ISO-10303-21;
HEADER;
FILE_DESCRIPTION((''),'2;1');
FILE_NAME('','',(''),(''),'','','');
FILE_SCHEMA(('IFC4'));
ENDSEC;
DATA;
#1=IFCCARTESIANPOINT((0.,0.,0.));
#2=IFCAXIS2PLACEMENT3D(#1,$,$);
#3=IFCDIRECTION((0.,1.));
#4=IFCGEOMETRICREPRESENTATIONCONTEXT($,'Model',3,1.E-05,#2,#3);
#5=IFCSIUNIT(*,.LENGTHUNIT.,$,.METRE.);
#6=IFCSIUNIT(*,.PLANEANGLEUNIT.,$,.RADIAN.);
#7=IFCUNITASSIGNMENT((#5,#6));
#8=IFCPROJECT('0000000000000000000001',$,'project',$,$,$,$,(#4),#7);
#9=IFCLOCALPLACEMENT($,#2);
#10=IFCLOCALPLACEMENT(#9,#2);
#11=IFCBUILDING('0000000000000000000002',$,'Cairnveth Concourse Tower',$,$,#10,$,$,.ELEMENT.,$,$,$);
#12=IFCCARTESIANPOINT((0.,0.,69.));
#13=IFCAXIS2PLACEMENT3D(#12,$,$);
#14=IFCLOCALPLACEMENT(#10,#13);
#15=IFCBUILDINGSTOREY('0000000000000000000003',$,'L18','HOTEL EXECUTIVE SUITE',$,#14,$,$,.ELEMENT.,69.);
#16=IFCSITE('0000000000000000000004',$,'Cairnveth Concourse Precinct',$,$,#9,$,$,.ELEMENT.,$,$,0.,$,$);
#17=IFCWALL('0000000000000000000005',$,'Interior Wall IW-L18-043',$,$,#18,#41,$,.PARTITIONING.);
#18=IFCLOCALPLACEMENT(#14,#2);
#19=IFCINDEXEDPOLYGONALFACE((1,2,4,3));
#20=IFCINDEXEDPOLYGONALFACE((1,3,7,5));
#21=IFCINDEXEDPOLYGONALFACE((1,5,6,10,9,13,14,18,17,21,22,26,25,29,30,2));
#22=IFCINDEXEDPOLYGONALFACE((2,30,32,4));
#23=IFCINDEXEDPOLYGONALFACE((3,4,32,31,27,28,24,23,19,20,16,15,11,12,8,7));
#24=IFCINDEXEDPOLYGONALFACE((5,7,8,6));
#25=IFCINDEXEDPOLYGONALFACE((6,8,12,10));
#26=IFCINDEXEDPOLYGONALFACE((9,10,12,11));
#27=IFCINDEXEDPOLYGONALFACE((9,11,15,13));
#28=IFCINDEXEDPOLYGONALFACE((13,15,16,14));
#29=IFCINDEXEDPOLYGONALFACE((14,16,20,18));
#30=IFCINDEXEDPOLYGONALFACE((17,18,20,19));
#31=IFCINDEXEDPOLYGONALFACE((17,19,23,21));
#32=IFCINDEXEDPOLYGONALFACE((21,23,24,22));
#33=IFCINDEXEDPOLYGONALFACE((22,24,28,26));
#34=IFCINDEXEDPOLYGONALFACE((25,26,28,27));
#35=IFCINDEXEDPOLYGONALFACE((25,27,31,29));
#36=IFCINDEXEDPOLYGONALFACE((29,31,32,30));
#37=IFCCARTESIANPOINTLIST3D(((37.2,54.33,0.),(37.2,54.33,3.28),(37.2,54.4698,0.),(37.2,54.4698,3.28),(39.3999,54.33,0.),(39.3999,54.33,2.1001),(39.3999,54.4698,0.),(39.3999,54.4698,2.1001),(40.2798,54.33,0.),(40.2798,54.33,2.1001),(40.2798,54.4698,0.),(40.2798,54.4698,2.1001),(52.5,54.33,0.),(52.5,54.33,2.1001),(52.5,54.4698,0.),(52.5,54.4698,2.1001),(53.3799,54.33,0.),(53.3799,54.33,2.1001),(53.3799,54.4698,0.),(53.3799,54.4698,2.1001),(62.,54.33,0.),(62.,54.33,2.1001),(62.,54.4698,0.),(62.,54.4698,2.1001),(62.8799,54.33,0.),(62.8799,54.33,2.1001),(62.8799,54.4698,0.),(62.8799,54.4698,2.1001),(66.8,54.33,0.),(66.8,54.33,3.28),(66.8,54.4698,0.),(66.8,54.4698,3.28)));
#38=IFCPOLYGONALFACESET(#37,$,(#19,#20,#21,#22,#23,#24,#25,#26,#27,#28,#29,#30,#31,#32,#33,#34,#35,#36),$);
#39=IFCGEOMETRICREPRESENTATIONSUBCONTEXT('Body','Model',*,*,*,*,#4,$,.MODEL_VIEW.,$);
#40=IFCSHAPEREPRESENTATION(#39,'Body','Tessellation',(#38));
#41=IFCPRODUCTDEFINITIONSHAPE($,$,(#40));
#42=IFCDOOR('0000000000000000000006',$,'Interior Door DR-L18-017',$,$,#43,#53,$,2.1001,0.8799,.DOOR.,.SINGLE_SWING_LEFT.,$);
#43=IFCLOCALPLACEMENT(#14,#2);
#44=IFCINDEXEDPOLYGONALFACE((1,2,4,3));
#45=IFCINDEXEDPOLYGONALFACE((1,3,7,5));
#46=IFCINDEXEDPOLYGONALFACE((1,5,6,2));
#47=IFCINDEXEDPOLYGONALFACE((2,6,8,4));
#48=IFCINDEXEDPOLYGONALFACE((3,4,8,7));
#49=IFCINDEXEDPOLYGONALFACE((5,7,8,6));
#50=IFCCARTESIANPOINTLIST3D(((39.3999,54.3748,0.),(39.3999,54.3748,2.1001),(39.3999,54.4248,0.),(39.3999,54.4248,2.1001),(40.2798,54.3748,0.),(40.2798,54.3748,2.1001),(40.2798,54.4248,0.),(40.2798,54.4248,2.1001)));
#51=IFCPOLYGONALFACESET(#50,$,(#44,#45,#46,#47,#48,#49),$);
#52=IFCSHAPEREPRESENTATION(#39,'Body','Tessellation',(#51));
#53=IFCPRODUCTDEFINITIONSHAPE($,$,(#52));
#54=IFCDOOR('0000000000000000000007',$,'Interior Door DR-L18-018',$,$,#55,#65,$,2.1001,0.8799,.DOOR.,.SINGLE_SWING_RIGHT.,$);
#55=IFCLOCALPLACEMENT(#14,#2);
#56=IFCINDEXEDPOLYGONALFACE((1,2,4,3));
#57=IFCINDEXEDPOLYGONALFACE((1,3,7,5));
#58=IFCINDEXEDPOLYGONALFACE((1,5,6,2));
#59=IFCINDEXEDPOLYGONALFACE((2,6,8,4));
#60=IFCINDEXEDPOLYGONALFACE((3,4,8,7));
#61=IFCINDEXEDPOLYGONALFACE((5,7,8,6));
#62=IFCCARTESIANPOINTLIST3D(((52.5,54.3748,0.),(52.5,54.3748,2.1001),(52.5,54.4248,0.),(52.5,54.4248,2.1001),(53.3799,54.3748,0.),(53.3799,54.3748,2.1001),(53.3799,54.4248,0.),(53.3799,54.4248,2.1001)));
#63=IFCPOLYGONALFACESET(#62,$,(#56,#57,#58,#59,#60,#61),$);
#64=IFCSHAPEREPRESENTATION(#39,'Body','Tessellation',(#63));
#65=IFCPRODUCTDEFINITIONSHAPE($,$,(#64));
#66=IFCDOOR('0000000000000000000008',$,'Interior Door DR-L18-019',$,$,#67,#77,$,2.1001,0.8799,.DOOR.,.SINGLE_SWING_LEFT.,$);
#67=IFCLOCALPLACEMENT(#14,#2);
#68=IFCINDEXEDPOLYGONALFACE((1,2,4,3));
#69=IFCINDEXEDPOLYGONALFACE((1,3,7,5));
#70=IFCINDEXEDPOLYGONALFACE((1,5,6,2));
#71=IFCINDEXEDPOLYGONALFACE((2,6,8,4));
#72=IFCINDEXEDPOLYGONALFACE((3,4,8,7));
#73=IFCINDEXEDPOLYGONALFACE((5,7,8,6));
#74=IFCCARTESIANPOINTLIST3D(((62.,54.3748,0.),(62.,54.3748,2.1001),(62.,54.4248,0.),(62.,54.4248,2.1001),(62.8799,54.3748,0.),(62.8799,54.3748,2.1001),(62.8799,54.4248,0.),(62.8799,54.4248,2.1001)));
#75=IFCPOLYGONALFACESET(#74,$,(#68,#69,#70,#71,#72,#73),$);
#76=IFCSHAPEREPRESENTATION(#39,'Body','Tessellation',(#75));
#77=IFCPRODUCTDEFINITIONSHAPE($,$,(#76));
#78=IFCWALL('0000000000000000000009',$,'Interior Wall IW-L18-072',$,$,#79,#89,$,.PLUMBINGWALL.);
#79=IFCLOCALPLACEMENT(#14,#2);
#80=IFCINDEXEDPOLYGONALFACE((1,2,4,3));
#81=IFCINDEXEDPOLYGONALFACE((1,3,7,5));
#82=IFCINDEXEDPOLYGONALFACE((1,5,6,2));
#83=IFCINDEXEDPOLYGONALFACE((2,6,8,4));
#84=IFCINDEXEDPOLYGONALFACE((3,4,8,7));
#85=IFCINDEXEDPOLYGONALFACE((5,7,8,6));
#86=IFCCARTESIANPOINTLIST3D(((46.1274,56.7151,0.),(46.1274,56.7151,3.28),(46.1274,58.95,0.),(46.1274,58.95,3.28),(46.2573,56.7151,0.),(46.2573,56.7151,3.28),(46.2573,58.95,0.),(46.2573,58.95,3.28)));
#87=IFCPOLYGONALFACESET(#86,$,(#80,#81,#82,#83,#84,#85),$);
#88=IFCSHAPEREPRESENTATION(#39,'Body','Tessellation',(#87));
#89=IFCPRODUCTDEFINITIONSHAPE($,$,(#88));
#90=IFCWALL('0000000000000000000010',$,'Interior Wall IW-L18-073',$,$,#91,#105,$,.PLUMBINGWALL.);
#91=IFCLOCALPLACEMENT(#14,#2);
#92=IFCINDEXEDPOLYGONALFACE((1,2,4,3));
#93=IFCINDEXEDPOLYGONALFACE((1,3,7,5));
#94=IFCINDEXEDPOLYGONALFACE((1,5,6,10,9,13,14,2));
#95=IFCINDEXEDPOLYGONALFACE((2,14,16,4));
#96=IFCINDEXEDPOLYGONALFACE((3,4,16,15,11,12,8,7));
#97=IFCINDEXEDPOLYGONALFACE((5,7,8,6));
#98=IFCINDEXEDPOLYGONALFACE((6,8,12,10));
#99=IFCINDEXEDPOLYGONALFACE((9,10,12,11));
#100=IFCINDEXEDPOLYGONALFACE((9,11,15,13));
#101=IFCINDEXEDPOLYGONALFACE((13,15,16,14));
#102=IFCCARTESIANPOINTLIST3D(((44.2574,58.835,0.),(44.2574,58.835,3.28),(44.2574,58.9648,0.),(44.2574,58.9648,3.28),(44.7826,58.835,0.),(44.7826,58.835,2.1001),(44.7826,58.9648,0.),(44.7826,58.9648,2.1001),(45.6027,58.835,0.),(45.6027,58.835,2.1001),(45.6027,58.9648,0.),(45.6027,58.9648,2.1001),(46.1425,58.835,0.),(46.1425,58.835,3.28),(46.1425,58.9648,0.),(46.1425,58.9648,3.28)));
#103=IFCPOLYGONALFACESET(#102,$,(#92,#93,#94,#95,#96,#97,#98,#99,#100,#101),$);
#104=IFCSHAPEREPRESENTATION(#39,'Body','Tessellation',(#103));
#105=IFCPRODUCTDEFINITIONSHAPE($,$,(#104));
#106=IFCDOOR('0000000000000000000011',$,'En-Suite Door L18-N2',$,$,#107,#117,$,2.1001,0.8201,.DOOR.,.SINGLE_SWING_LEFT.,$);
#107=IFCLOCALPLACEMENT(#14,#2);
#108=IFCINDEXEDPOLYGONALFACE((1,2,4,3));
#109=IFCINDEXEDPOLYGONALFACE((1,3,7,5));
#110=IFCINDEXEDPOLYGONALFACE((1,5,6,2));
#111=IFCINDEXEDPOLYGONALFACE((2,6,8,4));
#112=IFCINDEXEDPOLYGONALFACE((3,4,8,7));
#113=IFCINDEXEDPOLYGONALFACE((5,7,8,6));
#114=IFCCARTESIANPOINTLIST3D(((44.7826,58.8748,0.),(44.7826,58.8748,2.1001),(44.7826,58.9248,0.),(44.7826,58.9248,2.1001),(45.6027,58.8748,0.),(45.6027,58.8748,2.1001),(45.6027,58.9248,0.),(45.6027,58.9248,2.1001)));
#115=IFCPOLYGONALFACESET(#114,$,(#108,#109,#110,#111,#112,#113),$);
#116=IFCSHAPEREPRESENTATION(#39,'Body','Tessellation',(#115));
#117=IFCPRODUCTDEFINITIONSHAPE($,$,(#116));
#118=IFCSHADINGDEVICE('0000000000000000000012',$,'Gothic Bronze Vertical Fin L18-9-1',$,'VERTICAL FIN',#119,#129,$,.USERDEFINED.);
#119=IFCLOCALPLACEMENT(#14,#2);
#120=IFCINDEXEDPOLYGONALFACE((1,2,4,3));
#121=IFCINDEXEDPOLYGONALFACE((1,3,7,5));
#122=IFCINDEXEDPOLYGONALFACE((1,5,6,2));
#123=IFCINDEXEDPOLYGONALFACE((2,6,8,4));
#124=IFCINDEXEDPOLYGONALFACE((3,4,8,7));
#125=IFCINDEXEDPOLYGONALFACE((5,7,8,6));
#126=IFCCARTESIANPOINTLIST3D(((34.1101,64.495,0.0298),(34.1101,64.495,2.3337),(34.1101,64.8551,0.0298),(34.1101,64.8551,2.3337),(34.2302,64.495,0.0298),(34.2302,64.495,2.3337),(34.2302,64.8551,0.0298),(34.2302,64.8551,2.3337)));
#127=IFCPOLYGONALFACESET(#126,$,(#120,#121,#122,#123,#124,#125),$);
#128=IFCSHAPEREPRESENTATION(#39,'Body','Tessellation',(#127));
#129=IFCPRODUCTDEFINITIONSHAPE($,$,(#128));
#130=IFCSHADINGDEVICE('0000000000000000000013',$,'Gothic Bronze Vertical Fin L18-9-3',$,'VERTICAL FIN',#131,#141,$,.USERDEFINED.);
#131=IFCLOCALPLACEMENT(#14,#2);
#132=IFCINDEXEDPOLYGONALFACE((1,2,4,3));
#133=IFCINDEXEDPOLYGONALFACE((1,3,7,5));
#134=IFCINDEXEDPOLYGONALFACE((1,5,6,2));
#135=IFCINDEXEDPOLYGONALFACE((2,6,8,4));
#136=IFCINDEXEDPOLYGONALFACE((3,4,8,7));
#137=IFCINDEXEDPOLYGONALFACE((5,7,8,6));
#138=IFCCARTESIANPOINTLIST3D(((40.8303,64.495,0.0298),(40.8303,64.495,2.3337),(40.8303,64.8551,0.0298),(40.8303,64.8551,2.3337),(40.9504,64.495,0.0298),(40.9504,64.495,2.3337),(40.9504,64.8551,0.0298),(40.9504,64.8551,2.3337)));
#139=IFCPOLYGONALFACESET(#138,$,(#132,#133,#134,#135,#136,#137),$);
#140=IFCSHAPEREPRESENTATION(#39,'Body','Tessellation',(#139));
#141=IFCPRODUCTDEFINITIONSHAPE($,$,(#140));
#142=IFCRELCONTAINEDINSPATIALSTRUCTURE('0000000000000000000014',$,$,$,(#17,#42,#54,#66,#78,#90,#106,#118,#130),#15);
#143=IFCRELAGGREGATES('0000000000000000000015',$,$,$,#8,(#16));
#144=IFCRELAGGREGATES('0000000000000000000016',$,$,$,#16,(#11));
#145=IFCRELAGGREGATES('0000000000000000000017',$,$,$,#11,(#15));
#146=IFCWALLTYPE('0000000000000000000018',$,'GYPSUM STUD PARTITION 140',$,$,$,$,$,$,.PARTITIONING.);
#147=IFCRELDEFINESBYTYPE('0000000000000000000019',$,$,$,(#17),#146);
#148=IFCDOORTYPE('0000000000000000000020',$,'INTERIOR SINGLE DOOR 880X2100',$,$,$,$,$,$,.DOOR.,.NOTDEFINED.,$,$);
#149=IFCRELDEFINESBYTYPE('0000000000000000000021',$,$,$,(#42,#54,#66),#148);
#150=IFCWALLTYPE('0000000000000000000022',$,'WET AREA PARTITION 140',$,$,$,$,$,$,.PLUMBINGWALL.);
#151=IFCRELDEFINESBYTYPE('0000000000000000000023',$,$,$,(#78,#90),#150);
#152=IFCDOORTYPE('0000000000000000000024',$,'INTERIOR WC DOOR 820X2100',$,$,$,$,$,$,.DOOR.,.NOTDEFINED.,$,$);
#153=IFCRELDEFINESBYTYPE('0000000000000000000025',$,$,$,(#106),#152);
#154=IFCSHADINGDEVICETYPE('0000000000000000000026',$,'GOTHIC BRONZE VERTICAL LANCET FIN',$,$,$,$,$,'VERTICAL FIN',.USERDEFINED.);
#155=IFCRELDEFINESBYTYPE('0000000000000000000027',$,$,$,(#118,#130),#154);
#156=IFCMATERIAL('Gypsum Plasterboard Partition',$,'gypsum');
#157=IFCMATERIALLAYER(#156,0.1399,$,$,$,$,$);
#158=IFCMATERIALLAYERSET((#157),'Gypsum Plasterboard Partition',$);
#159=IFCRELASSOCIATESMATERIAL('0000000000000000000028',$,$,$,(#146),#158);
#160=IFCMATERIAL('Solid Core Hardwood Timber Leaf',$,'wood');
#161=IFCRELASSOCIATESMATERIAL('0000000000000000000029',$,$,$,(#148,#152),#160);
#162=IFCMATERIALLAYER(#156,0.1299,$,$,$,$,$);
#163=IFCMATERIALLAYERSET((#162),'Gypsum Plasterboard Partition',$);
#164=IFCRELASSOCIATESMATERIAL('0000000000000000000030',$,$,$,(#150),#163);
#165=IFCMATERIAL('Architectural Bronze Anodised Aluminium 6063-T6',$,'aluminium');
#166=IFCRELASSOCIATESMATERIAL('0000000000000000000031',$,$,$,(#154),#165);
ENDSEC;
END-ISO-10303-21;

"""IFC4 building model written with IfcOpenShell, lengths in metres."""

from ifc_helpers import new_model, si_unit, direction, frame, frame_2d, origin, origin_2d, place, context, subcontext, project, spatial, rectangle, extrude, material, layer, layer_set, type_object, element, fill, save


model = new_model("IFC4")

# Units and contexts
model_context = context("Model", 3, precision=1e-05, world=origin(), true_north=direction((0.0, 1.0)))
body_context = subcontext(model_context, "Body", "Model", "MODEL_VIEW")
ifc_project = project(units=[si_unit("LENGTHUNIT", "METRE"), si_unit("PLANEANGLEUNIT", "RADIAN")], contexts=[model_context])

# Site, building, storey
site_placement = place(None, origin())
site = spatial("IfcSite", under=ifc_project, at=site_placement, Name="Cairnveth Concourse Precinct", CompositionType="ELEMENT", RefElevation=0.0)
building_placement = place(site_placement, origin())
building = spatial("IfcBuilding", under=site, at=building_placement, Name="Cairnveth Concourse Tower", CompositionType="ELEMENT")
storey_placement = place(building_placement, frame((0.0, 0.0, 69.0)))
storey = spatial("IfcBuildingStorey", under=building, at=storey_placement, Name="L18", Description="HOTEL EXECUTIVE SUITE", CompositionType="ELEMENT", Elevation=69.0)

# Shared definitions
ifc_material_1 = material(Name="Gypsum Plasterboard Partition", Category="gypsum")
ifc_material_2 = material(Name="Solid Core Hardwood Timber Leaf", Category="wood")

# Wall, openings, doors
ifc_layer_1 = layer(ifc_material_1, 0.1399)
ifc_layer_set_1 = layer_set([ifc_layer_1], Name="Gypsum Plasterboard Partition")
wall_type_1 = type_object("IfcWallType", Name="GYPSUM STUD PARTITION 140", PredefinedType="PARTITIONING", material=ifc_layer_set_1)
wall_1_placement = place(storey_placement, frame((37.2, 54.3999, 0.0), z_axis=(0.0, 0.0, 1.0), x_axis=(1.0, 0.0, 0.0)))
wall_1 = element("IfcWall", 1, at=wall_1_placement, inside=storey, type_object=wall_type_1, Name="Interior Wall IW-L18-043", PredefinedType="PARTITIONING", context=body_context, shape_type="SweptSolid", body=[
    extrude(rectangle(XDim=29.6001, YDim=0.1399, at=frame_2d((14.8, 0.0))), origin(), (0.0, 0.0, 1.0), 3.28),
])
opening_1_placement = place(wall_1_placement, frame((2.2, 0.0, 0.0)))
opening_1 = element("IfcOpeningElement", 2, at=opening_1_placement, cuts=wall_1, PredefinedType="OPENING", context=body_context, shape_type="SweptSolid", body=[
    extrude(rectangle(XDim=0.8799, YDim=2.1001, at=frame_2d((0.4399, 1.05))), frame((0.0, 0.0798, 0.0), z_axis=(0.0, -1.0, 0.0), x_axis=(1.0, 0.0, 0.0)), (0.0, 0.0, 1.0), 0.1599),
])
opening_2_placement = place(wall_1_placement, frame((15.3, 0.0, 0.0)))
opening_2 = element("IfcOpeningElement", 3, at=opening_2_placement, cuts=wall_1, PredefinedType="OPENING", context=body_context, shape_type="SweptSolid", body=[
    extrude(rectangle(XDim=0.8799, YDim=2.1001, at=frame_2d((0.4399, 1.05))), frame((0.0, 0.0798, 0.0), z_axis=(0.0, -1.0, 0.0), x_axis=(1.0, 0.0, 0.0)), (0.0, 0.0, 1.0), 0.1599),
])
opening_3_placement = place(wall_1_placement, frame((24.8, 0.0, 0.0)))
opening_3 = element("IfcOpeningElement", 4, at=opening_3_placement, cuts=wall_1, PredefinedType="OPENING", context=body_context, shape_type="SweptSolid", body=[
    extrude(rectangle(XDim=0.8799, YDim=2.1001, at=frame_2d((0.4399, 1.05))), frame((0.0, 0.0798, 0.0), z_axis=(0.0, -1.0, 0.0), x_axis=(1.0, 0.0, 0.0)), (0.0, 0.0, 1.0), 0.1599),
])
door_type_1 = type_object("IfcDoorType", Name="INTERIOR SINGLE DOOR 880X2100", OperationType="NOTDEFINED", PredefinedType="DOOR", material=ifc_material_2)
door_1_placement = place(opening_1_placement, origin())
door_1 = element("IfcDoor", 5, at=door_1_placement, inside=storey, type_object=door_type_1, Name="Interior Door DR-L18-017", OperationType="SINGLE_SWING_LEFT", OverallHeight=2.1001, OverallWidth=0.8799, PredefinedType="DOOR", context=body_context, shape_type="SweptSolid", body=[
    extrude(rectangle(XDim=0.8799, YDim=2.1001, at=frame_2d((0.4399, 1.05))), frame((0.0, 0.0249, 0.0), z_axis=(0.0, -1.0, 0.0), x_axis=(1.0, 0.0, 0.0)), (0.0, 0.0, 1.0), 0.05),
])
fill(opening_1, door_1)
door_2_placement = place(opening_2_placement, origin())
door_2 = element("IfcDoor", 6, at=door_2_placement, inside=storey, type_object=door_type_1, Name="Interior Door DR-L18-018", OperationType="SINGLE_SWING_RIGHT", OverallHeight=2.1001, OverallWidth=0.8799, PredefinedType="DOOR", context=body_context, shape_type="SweptSolid", body=[
    extrude(rectangle(XDim=0.8799, YDim=2.1001, at=frame_2d((0.4399, 1.05))), frame((0.0, 0.0249, 0.0), z_axis=(0.0, -1.0, 0.0), x_axis=(1.0, 0.0, 0.0)), (0.0, 0.0, 1.0), 0.05),
])
fill(opening_2, door_2)
door_3_placement = place(opening_3_placement, origin())
door_3 = element("IfcDoor", 7, at=door_3_placement, inside=storey, type_object=door_type_1, Name="Interior Door DR-L18-019", OperationType="SINGLE_SWING_LEFT", OverallHeight=2.1001, OverallWidth=0.8799, PredefinedType="DOOR", context=body_context, shape_type="SweptSolid", body=[
    extrude(rectangle(XDim=0.8799, YDim=2.1001, at=frame_2d((0.4399, 1.05))), frame((0.0, 0.0249, 0.0), z_axis=(0.0, -1.0, 0.0), x_axis=(1.0, 0.0, 0.0)), (0.0, 0.0, 1.0), 0.05),
])
fill(opening_3, door_3)

# Wall
ifc_layer_2 = layer(ifc_material_1, 0.1299)
ifc_layer_set_2 = layer_set([ifc_layer_2], Name="Gypsum Plasterboard Partition")
wall_type_2 = type_object("IfcWallType", Name="WET AREA PARTITION 140", PredefinedType="PLUMBINGWALL", material=ifc_layer_set_2)
wall_2_placement = place(storey_placement, frame((46.1924, 56.7151, 0.0), z_axis=(0.0, 0.0, 1.0), x_axis=(0.0, 1.0, 0.0)))
element("IfcWall", 8, at=wall_2_placement, inside=storey, type_object=wall_type_2, Name="Interior Wall IW-L18-072", PredefinedType="PLUMBINGWALL", context=body_context, shape_type="SweptSolid", body=[
    extrude(rectangle(XDim=2.2349, YDim=0.1299, at=frame_2d((1.1174, 0.0))), origin(), (0.0, 0.0, 1.0), 3.28),
])

# Wall, opening, door
wall_3_placement = place(storey_placement, frame((44.2576, 58.8999, 0.0), z_axis=(0.0, 0.0, 1.0), x_axis=(1.0, 0.0, 0.0)))
wall_3 = element("IfcWall", 9, at=wall_3_placement, inside=storey, type_object=wall_type_2, Name="Interior Wall IW-L18-073", PredefinedType="PLUMBINGWALL", context=body_context, shape_type="SweptSolid", body=[
    extrude(rectangle(XDim=1.885, YDim=0.1299, at=frame_2d((0.9424, 0.0))), origin(), (0.0, 0.0, 1.0), 3.28),
])
opening_4_placement = place(wall_3_placement, frame((0.5249, 0.0, 0.0)))
opening_4 = element("IfcOpeningElement", 10, at=opening_4_placement, cuts=wall_3, PredefinedType="OPENING", context=body_context, shape_type="SweptSolid", body=[
    extrude(rectangle(XDim=0.8201, YDim=2.1001, at=frame_2d((0.4102, 1.05))), frame((0.0, 0.075, 0.0), z_axis=(0.0, -1.0, 0.0), x_axis=(1.0, 0.0, 0.0)), (0.0, 0.0, 1.0), 0.1499),
])
door_type_2 = type_object("IfcDoorType", Name="INTERIOR WC DOOR 820X2100", OperationType="NOTDEFINED", PredefinedType="DOOR", material=ifc_material_2)
door_4_placement = place(opening_4_placement, origin())
door_4 = element("IfcDoor", 11, at=door_4_placement, inside=storey, type_object=door_type_2, Name="En-Suite Door L18-N2", OperationType="SINGLE_SWING_LEFT", OverallHeight=2.1001, OverallWidth=0.8201, PredefinedType="DOOR", context=body_context, shape_type="SweptSolid", body=[
    extrude(rectangle(XDim=0.8201, YDim=2.1001, at=frame_2d((0.4102, 1.05))), frame((0.0, 0.0249, 0.0), z_axis=(0.0, -1.0, 0.0), x_axis=(1.0, 0.0, 0.0)), (0.0, 0.0, 1.0), 0.05),
])
fill(opening_4, door_4)

# Shading devices
ifc_material_3 = material(Name="Architectural Bronze Anodised Aluminium 6063-T6", Category="aluminium")
shading_device_type = type_object("IfcShadingDeviceType", Name="GOTHIC BRONZE VERTICAL LANCET FIN", ElementType="VERTICAL FIN", PredefinedType="USERDEFINED", material=ifc_material_3)
for number, where, z_axis, x_axis, name in (
    (12, (34.1702, 64.675, 0.0298), (0.0, 0.0, 1.0), (1.0, 0.0, 0.0), "Gothic Bronze Vertical Fin L18-9-1"),
    (13, (40.8904, 64.675, 0.0298), (0.0, 0.0, 1.0), (1.0, 0.0, 0.0), "Gothic Bronze Vertical Fin L18-9-3"),
):
    element("IfcShadingDevice", number, at=place(storey_placement, frame(where, z_axis=z_axis, x_axis=x_axis)), inside=storey, type_object=shading_device_type, Name=name, ObjectType="VERTICAL FIN", PredefinedType="USERDEFINED", context=body_context, shape_type="SweptSolid", body=[
        extrude(rectangle(XDim=0.1201, YDim=0.3601, at=origin_2d()), origin(), (0.0, 0.0, 1.0), 2.304),
    ])

save(model, "model.ifc")
